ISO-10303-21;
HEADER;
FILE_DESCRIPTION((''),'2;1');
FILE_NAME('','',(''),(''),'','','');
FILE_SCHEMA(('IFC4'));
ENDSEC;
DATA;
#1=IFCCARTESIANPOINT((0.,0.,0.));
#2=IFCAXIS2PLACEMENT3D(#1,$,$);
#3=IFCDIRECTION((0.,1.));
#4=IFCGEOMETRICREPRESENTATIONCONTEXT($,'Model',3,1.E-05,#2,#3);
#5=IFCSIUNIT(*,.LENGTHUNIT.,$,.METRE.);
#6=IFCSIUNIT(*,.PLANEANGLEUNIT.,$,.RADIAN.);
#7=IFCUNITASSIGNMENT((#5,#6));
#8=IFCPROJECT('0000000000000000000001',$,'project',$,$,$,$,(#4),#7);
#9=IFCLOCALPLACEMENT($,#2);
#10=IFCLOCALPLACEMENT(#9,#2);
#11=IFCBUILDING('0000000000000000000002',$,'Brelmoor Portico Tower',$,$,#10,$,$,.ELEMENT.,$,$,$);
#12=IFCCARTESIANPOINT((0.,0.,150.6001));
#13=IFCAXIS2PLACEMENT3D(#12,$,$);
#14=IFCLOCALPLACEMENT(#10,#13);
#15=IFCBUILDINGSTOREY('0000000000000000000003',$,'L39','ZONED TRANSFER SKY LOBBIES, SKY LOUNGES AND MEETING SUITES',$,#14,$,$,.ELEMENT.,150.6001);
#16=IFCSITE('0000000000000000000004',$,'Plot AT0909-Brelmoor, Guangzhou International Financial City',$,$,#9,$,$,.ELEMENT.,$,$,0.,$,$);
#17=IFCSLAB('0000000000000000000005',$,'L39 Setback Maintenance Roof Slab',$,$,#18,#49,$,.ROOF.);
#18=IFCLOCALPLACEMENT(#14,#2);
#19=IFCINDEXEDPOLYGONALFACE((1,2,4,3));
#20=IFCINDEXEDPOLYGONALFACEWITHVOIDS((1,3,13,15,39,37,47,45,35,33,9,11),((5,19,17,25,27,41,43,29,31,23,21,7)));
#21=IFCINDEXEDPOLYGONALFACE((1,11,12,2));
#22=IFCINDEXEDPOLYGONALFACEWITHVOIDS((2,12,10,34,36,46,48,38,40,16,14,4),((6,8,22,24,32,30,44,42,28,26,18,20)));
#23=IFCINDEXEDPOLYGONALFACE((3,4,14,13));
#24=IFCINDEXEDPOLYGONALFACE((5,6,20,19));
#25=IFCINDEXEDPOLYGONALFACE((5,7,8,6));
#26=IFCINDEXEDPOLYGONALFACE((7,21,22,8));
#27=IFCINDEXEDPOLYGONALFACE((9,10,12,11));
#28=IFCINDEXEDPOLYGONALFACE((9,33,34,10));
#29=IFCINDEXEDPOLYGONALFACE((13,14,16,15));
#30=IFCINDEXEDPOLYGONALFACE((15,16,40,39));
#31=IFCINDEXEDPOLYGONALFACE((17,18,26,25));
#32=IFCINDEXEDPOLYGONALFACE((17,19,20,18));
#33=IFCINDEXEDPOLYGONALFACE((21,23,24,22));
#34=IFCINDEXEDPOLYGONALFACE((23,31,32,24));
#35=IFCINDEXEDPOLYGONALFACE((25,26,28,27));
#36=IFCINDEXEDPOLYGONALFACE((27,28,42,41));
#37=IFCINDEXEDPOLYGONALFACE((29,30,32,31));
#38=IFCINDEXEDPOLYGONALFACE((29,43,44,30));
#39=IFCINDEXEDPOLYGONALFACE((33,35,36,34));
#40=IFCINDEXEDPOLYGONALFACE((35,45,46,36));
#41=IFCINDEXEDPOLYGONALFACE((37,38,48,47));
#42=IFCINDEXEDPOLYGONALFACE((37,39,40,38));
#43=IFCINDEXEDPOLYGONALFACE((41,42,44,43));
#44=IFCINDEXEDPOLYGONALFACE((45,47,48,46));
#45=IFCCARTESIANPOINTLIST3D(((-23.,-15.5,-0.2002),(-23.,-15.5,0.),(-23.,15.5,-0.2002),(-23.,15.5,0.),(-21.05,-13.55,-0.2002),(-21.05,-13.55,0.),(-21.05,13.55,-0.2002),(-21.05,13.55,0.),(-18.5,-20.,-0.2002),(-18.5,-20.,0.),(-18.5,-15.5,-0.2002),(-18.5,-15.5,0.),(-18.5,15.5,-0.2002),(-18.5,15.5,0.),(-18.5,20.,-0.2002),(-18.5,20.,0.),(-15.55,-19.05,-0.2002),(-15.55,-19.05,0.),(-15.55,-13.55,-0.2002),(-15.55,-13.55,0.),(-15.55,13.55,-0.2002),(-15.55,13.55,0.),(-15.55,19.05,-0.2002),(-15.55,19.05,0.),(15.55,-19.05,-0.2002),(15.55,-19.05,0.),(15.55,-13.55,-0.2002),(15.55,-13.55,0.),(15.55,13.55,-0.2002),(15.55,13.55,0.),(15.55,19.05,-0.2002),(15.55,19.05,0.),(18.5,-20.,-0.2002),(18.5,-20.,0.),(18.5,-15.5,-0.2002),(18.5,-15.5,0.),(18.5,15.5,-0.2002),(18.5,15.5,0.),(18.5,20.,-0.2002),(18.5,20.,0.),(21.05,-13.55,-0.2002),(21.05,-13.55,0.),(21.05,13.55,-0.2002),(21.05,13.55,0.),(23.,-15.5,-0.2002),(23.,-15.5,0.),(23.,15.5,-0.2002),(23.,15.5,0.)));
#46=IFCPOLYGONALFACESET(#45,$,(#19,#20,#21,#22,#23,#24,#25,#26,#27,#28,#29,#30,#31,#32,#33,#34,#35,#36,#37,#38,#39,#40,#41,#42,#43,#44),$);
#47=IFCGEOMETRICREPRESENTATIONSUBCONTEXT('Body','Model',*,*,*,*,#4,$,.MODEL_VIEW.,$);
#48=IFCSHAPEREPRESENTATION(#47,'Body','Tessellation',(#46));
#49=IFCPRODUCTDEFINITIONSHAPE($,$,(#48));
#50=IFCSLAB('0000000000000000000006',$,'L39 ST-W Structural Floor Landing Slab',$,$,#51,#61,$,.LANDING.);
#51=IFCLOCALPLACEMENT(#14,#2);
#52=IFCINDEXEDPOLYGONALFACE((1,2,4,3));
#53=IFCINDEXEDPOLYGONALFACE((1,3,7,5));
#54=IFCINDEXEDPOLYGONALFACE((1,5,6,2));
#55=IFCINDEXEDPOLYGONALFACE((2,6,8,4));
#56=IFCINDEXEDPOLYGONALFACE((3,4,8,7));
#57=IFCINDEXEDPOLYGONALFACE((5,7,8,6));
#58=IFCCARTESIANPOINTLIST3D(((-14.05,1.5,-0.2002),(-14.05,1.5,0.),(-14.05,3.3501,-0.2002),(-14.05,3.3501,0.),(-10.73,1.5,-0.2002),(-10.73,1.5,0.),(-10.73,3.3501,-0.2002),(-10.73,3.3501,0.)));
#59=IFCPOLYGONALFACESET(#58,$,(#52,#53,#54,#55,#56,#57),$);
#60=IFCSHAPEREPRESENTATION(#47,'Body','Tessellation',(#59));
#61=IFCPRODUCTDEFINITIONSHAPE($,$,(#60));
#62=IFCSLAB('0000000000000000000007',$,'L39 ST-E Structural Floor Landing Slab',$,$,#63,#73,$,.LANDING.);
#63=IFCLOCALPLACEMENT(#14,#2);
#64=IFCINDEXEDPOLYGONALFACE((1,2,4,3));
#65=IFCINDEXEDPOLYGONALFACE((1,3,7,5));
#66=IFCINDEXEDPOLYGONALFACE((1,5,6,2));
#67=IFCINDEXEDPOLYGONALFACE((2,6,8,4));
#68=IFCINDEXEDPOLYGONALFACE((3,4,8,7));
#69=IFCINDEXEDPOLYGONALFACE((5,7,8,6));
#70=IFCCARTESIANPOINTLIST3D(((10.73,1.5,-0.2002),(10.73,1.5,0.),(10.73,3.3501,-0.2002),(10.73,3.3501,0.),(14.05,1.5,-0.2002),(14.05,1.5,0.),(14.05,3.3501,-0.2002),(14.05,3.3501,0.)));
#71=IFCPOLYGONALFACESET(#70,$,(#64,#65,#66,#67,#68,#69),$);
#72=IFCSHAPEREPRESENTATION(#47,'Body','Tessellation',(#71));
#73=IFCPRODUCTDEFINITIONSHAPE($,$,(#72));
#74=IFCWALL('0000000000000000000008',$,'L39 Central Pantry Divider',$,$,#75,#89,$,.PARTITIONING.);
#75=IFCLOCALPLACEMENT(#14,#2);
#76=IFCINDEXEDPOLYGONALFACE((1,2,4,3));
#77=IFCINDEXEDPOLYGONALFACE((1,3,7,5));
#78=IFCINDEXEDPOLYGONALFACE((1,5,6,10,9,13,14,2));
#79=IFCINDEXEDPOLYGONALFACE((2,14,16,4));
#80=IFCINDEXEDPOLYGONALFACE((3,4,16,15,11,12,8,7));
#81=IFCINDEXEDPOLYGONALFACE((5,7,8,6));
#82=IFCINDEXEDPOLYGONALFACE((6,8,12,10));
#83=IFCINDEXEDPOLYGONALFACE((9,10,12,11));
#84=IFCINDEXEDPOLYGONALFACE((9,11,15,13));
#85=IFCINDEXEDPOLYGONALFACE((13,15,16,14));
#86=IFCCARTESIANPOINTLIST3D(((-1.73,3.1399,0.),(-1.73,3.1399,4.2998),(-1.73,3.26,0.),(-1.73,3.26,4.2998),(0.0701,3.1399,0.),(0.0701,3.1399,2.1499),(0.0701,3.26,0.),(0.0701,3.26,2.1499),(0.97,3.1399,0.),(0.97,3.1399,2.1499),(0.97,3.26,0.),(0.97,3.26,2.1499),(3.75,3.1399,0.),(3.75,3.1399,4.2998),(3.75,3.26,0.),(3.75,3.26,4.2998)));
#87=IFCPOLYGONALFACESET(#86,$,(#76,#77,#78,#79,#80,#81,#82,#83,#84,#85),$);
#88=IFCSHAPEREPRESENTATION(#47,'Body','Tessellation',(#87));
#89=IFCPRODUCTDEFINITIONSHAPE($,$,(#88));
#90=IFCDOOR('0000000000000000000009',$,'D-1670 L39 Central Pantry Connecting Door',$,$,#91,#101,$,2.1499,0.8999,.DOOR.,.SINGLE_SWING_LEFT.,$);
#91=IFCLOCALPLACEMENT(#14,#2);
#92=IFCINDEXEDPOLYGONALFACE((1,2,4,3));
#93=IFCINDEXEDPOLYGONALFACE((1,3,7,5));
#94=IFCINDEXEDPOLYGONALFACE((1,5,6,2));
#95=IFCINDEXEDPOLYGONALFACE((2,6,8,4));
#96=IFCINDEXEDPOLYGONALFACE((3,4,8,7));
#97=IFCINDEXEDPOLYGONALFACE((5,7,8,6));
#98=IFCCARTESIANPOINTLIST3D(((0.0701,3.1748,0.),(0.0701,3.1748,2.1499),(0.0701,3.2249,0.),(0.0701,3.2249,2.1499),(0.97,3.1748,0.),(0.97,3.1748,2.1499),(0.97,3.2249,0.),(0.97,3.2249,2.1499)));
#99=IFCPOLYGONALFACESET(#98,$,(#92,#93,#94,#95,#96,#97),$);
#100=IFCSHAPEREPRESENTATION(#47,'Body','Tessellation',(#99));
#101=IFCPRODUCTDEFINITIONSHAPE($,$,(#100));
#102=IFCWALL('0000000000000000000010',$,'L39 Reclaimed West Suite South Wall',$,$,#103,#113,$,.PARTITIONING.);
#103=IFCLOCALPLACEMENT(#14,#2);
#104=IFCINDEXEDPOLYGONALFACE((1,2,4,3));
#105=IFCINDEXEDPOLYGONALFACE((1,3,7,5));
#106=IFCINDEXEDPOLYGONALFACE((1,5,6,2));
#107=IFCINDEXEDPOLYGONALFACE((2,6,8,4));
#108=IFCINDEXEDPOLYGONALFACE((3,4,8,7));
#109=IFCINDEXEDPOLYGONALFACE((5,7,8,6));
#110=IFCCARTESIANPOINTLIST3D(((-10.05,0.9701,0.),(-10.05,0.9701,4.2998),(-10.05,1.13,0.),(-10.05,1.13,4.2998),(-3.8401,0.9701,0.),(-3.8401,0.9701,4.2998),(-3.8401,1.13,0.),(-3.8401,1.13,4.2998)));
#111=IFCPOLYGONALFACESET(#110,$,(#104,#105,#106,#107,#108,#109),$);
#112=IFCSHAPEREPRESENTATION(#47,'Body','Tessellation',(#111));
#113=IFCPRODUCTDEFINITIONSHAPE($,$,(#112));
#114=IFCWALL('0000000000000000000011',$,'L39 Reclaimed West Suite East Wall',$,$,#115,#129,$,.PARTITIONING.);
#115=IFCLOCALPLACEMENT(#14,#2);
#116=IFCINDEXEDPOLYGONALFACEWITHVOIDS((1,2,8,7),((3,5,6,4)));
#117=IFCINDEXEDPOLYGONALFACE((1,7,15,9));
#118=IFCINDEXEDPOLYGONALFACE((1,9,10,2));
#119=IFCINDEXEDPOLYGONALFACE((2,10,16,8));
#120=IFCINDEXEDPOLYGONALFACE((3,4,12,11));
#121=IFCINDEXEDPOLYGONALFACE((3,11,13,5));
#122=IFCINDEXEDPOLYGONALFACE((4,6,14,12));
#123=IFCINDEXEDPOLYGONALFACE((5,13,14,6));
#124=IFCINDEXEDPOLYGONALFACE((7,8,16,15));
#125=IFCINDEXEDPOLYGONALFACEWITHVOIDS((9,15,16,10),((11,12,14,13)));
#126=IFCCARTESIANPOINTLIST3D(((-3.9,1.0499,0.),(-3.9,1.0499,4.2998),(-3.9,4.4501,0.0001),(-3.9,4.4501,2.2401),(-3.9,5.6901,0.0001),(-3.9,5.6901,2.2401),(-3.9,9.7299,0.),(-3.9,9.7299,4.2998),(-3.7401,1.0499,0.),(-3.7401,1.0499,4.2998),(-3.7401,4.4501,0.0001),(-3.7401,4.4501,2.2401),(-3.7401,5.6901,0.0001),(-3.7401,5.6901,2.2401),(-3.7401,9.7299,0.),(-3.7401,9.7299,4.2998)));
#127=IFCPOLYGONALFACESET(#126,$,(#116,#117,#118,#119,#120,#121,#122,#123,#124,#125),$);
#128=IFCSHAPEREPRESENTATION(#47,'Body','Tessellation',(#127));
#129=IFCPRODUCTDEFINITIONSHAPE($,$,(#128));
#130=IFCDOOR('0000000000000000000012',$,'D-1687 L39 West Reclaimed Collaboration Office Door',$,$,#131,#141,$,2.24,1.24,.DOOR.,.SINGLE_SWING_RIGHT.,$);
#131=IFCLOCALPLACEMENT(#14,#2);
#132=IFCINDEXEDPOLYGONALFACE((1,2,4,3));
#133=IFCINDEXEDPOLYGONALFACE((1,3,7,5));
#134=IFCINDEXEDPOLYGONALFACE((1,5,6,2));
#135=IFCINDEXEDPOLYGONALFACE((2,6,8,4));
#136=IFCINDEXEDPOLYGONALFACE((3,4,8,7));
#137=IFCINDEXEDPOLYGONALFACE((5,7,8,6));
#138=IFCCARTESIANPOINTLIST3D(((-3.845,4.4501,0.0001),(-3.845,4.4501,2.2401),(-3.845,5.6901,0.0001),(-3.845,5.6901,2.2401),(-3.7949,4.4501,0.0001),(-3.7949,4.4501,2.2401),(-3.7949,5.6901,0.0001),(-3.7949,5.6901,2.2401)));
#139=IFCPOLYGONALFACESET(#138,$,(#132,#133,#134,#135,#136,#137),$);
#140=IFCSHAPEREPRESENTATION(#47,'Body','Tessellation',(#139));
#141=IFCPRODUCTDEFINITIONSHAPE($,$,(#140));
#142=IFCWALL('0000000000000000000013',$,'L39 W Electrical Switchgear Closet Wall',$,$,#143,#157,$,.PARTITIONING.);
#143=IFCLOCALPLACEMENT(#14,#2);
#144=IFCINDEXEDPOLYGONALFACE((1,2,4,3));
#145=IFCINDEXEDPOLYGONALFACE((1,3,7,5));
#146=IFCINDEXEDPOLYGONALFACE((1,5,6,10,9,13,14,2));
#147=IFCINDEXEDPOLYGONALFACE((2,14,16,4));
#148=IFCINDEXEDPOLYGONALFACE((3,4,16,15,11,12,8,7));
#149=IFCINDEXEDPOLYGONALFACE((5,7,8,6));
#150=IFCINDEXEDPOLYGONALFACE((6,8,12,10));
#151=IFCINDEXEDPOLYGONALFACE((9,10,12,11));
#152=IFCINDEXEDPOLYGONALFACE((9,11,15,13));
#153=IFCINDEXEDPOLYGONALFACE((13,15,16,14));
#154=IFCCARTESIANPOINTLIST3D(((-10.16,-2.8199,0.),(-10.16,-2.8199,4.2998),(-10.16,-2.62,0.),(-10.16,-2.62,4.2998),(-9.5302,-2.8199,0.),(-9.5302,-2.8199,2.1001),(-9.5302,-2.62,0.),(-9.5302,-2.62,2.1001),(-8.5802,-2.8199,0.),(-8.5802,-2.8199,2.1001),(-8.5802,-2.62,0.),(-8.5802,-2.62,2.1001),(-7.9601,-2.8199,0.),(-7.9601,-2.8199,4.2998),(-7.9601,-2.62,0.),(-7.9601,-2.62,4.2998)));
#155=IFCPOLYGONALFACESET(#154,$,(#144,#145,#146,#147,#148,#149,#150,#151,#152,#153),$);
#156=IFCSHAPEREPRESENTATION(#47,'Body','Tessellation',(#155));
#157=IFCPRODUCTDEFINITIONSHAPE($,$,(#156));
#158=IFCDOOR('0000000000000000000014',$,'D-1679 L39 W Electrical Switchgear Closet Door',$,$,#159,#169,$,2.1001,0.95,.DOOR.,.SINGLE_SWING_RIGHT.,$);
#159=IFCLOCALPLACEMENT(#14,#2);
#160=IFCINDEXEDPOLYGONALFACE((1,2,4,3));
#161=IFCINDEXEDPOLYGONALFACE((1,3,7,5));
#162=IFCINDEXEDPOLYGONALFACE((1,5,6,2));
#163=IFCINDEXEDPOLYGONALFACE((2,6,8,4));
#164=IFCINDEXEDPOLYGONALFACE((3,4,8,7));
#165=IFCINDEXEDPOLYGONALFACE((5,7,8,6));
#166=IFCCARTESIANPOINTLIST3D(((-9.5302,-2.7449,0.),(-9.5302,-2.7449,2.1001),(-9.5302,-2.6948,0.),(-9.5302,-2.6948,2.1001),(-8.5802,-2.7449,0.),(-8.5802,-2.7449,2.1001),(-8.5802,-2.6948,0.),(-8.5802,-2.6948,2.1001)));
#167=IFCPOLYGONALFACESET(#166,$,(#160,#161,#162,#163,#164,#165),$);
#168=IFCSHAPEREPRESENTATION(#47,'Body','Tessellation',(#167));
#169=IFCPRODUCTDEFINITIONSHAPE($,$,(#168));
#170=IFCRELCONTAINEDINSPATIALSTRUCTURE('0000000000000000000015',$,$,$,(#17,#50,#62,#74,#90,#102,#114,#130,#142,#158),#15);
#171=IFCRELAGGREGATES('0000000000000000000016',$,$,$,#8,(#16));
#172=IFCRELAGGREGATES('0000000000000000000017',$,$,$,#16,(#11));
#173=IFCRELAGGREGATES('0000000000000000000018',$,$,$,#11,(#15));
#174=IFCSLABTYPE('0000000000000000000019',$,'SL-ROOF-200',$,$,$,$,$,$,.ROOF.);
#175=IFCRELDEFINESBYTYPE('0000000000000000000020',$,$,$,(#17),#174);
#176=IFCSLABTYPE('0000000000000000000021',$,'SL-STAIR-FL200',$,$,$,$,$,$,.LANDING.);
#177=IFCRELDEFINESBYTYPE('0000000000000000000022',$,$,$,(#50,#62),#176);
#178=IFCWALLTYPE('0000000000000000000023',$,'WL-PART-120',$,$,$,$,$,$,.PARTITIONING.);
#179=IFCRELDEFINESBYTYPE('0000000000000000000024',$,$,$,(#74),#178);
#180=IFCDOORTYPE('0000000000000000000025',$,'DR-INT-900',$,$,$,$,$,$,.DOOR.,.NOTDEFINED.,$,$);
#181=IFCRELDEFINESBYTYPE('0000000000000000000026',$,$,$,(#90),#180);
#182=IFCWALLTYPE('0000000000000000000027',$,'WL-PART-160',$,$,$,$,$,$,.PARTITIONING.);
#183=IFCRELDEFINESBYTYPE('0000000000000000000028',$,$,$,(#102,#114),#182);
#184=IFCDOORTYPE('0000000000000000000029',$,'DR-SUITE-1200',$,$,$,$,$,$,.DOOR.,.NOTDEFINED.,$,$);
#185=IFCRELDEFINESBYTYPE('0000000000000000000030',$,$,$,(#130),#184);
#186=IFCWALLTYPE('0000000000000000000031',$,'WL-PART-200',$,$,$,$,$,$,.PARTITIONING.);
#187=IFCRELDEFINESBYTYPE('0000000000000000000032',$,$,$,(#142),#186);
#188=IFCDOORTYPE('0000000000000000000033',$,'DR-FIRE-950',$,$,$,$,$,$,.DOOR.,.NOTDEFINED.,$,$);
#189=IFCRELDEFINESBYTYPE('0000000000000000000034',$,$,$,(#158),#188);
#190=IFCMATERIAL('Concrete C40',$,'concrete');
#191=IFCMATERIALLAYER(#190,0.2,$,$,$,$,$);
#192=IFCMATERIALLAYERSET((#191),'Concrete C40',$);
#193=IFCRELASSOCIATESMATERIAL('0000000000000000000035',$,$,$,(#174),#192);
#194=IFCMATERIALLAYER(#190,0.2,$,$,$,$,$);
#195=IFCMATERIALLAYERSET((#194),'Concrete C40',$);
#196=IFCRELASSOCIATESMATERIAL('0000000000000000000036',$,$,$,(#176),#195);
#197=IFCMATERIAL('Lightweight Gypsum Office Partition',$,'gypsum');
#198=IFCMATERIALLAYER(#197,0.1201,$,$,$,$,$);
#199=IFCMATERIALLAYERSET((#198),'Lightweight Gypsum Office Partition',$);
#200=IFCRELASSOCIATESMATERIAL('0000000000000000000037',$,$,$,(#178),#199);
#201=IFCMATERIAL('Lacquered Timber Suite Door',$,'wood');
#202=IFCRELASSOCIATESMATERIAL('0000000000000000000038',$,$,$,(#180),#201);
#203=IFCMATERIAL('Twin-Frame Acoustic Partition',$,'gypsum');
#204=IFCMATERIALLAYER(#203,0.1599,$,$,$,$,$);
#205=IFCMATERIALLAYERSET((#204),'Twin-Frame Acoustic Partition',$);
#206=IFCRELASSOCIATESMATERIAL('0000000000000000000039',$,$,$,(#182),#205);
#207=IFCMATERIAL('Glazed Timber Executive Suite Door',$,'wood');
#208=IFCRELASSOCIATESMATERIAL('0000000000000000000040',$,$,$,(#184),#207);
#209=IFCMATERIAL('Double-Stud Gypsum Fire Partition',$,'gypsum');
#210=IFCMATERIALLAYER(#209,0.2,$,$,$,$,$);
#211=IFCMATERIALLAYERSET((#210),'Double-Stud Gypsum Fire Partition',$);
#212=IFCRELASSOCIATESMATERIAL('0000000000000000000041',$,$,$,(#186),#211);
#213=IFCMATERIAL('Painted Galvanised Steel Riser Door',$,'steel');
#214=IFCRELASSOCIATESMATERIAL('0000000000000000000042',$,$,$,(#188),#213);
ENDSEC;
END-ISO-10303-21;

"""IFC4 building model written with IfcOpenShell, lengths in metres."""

from ifc_helpers import new_model, si_unit, direction, frame, frame_2d, origin, place, context, subcontext, project, spatial, polyline, rectangle, outline, extrude, material, layer, layer_set, type_object, element, fill, save


model = new_model("IFC4")

# Units and contexts
model_context = context("Model", 3, precision=1e-05, world=origin(), true_north=direction((0.0, 1.0)))
body_context = subcontext(model_context, "Body", "Model", "MODEL_VIEW")
ifc_project = project(units=[si_unit("LENGTHUNIT", "METRE"), si_unit("PLANEANGLEUNIT", "RADIAN")], contexts=[model_context])

# Site, building, storey
site_placement = place(None, origin())
site = spatial("IfcSite", under=ifc_project, at=site_placement, Name="Plot AT0909-Brelmoor, Guangzhou International Financial City", CompositionType="ELEMENT", RefElevation=0.0)
building_placement = place(site_placement, origin())
building = spatial("IfcBuilding", under=site, at=building_placement, Name="Brelmoor Portico Tower", CompositionType="ELEMENT")
storey_placement = place(building_placement, frame((0.0, 0.0, 150.6001)))
storey = spatial("IfcBuildingStorey", under=building, at=storey_placement, Name="L39", Description="ZONED TRANSFER SKY LOBBIES, SKY LOUNGES AND MEETING SUITES", CompositionType="ELEMENT", Elevation=150.6001)

# Shared definitions
ifc_material_1 = material(Name="Concrete C40", Category="concrete")

# Slabs
ifc_layer_1 = layer(ifc_material_1, 0.2)
ifc_layer_set_1 = layer_set([ifc_layer_1], Name="Concrete C40")
slab_type_1 = type_object("IfcSlabType", Name="SL-ROOF-200", PredefinedType="ROOF", material=ifc_layer_set_1)
slab_1_placement = place(storey_placement, frame((0.0, 0.0, -0.2002)))
element("IfcSlab", 1, at=slab_1_placement, inside=storey, type_object=slab_type_1, Name="L39 Setback Maintenance Roof Slab", PredefinedType="ROOF", context=body_context, shape_type="SweptSolid", body=[
    extrude(outline(polyline([(-18.5, -20.0), (18.5, -20.0), (18.5, -15.5), (23.0, -15.5), (23.0, 15.5), (18.5, 15.5), (18.5, 20.0), (-18.5, 20.0), (-18.5, 15.5), (-23.0, 15.5), (-23.0, -15.5), (-18.5, -15.5), (-18.5, -20.0)]), holes=[polyline([(-15.55, -19.05), (15.55, -19.05), (15.55, -13.55), (21.05, -13.55), (21.05, 13.55), (15.55, 13.55), (15.55, 19.05), (-15.55, 19.05), (-15.55, 13.55), (-21.05, 13.55), (-21.05, -13.55), (-15.55, -13.55), (-15.55, -19.05)])]), origin(), (0.0, 0.0, 1.0), 0.2002),
])
ifc_layer_2 = layer(ifc_material_1, 0.2)
ifc_layer_set_2 = layer_set([ifc_layer_2], Name="Concrete C40")
slab_type_2 = type_object("IfcSlabType", Name="SL-STAIR-FL200", PredefinedType="LANDING", material=ifc_layer_set_2)
slab_2_placement = place(storey_placement, frame((0.0, 0.0, -0.2002)))
element("IfcSlab", 2, at=slab_2_placement, inside=storey, type_object=slab_type_2, Name="L39 ST-W Structural Floor Landing Slab", PredefinedType="LANDING", context=body_context, shape_type="SweptSolid", body=[
    extrude(outline(polyline([(-10.73, 1.5), (-10.73, 3.3501), (-14.05, 3.3501), (-14.05, 1.5), (-10.73, 1.5)])), origin(), (0.0, 0.0, 1.0), 0.2002),
])
slab_3_placement = place(storey_placement, frame((0.0, 0.0, -0.2002)))
element("IfcSlab", 3, at=slab_3_placement, inside=storey, type_object=slab_type_2, Name="L39 ST-E Structural Floor Landing Slab", PredefinedType="LANDING", context=body_context, shape_type="SweptSolid", body=[
    extrude(outline(polyline([(14.05, 1.5), (14.05, 3.3501), (10.73, 3.3501), (10.73, 1.5), (14.05, 1.5)])), origin(), (0.0, 0.0, 1.0), 0.2002),
])

# Wall, opening, door
ifc_material_2 = material(Name="Lightweight Gypsum Office Partition", Category="gypsum")
ifc_layer_3 = layer(ifc_material_2, 0.1201)
ifc_layer_set_3 = layer_set([ifc_layer_3], Name="Lightweight Gypsum Office Partition")
wall_type_1 = type_object("IfcWallType", Name="WL-PART-120", PredefinedType="PARTITIONING", material=ifc_layer_set_3)
wall_1_placement = place(storey_placement, frame((-1.73, 3.2, 0.0), z_axis=(0.0, 0.0, 1.0), x_axis=(1.0, 0.0, 0.0)))
wall_1 = element("IfcWall", 4, at=wall_1_placement, inside=storey, type_object=wall_type_1, Name="L39 Central Pantry Divider", PredefinedType="PARTITIONING", context=body_context, shape_type="SweptSolid", body=[
    extrude(rectangle(XDim=5.48, YDim=0.1201, at=frame_2d((2.74, 0.0))), origin(), (0.0, 0.0, 1.0), 4.2998),
])
opening_1_placement = place(wall_1_placement, frame((1.8, 0.0, 0.0)))
opening_1 = element("IfcOpeningElement", 5, at=opening_1_placement, cuts=wall_1, PredefinedType="OPENING", context=body_context, shape_type="SweptSolid", body=[
    extrude(rectangle(XDim=0.8999, YDim=2.1499, at=frame_2d((0.45, 1.075))), frame((0.0, 0.0701, 0.0), z_axis=(0.0, -1.0, 0.0), x_axis=(1.0, 0.0, 0.0)), (0.0, 0.0, 1.0), 0.1401),
])
ifc_material_3 = material(Name="Lacquered Timber Suite Door", Category="wood")
door_type_1 = type_object("IfcDoorType", Name="DR-INT-900", OperationType="NOTDEFINED", PredefinedType="DOOR", material=ifc_material_3)
door_1_placement = place(opening_1_placement, origin())
door_1 = element("IfcDoor", 6, at=door_1_placement, inside=storey, type_object=door_type_1, Name="D-1670 L39 Central Pantry Connecting Door", OperationType="SINGLE_SWING_LEFT", OverallHeight=2.1499, OverallWidth=0.8999, PredefinedType="DOOR", context=body_context, shape_type="SweptSolid", body=[
    extrude(rectangle(XDim=0.8999, YDim=2.1499, at=frame_2d((0.45, 1.075))), frame((0.0, 0.0249, 0.0), z_axis=(0.0, -1.0, 0.0), x_axis=(1.0, 0.0, 0.0)), (0.0, 0.0, 1.0), 0.05),
])
fill(opening_1, door_1)

# Wall
ifc_material_4 = material(Name="Twin-Frame Acoustic Partition", Category="gypsum")
ifc_layer_4 = layer(ifc_material_4, 0.1599)
ifc_layer_set_4 = layer_set([ifc_layer_4], Name="Twin-Frame Acoustic Partition")
wall_type_2 = type_object("IfcWallType", Name="WL-PART-160", PredefinedType="PARTITIONING", material=ifc_layer_set_4)
wall_2_placement = place(storey_placement, frame((-10.05, 1.05, 0.0), z_axis=(0.0, 0.0, 1.0), x_axis=(1.0, 0.0, 0.0)))
element("IfcWall", 7, at=wall_2_placement, inside=storey, type_object=wall_type_2, Name="L39 Reclaimed West Suite South Wall", PredefinedType="PARTITIONING", context=body_context, shape_type="SweptSolid", body=[
    extrude(rectangle(XDim=6.21, YDim=0.1599, at=frame_2d((3.105, 0.0))), origin(), (0.0, 0.0, 1.0), 4.2998),
])

# Walls, openings, doors
wall_3_placement = place(storey_placement, frame((-3.8201, 1.05, 0.0), z_axis=(0.0, 0.0, 1.0), x_axis=(0.0, 1.0, 0.0)))
wall_3 = element("IfcWall", 8, at=wall_3_placement, inside=storey, type_object=wall_type_2, Name="L39 Reclaimed West Suite East Wall", PredefinedType="PARTITIONING", context=body_context, shape_type="SweptSolid", body=[
    extrude(rectangle(XDim=8.6799, YDim=0.1599, at=frame_2d((4.3398, 0.0))), origin(), (0.0, 0.0, 1.0), 4.2998),
])
opening_2_placement = place(wall_3_placement, frame((3.3999, 0.0, 0.0)))
opening_2 = element("IfcOpeningElement", 9, at=opening_2_placement, cuts=wall_3, PredefinedType="OPENING", context=body_context, shape_type="SweptSolid", body=[
    extrude(rectangle(XDim=1.24, YDim=2.24, at=frame_2d((0.6201, 1.1201))), frame((0.0, 0.0898, 0.0), z_axis=(0.0, -1.0, 0.0), x_axis=(1.0, 0.0, 0.0)), (0.0, 0.0, 1.0), 0.1799),
])
ifc_material_5 = material(Name="Glazed Timber Executive Suite Door", Category="wood")
door_type_2 = type_object("IfcDoorType", Name="DR-SUITE-1200", OperationType="NOTDEFINED", PredefinedType="DOOR", material=ifc_material_5)
door_2_placement = place(opening_2_placement, origin())
door_2 = element("IfcDoor", 10, at=door_2_placement, inside=storey, type_object=door_type_2, Name="D-1687 L39 West Reclaimed Collaboration Office Door", OperationType="SINGLE_SWING_RIGHT", OverallHeight=2.24, OverallWidth=1.24, PredefinedType="DOOR", context=body_context, shape_type="SweptSolid", body=[
    extrude(rectangle(XDim=1.24, YDim=2.24, at=frame_2d((0.6201, 1.1201))), frame((0.0, 0.0249, 0.0), z_axis=(0.0, -1.0, 0.0), x_axis=(1.0, 0.0, 0.0)), (0.0, 0.0, 1.0), 0.05),
])
fill(opening_2, door_2)
ifc_material_6 = material(Name="Double-Stud Gypsum Fire Partition", Category="gypsum")
ifc_layer_5 = layer(ifc_material_6, 0.2)
ifc_layer_set_5 = layer_set([ifc_layer_5], Name="Double-Stud Gypsum Fire Partition")
wall_type_3 = type_object("IfcWallType", Name="WL-PART-200", PredefinedType="PARTITIONING", material=ifc_layer_set_5)
wall_4_placement = place(storey_placement, frame((-7.96, -2.72, 0.0), z_axis=(0.0, 0.0, 1.0), x_axis=(-1.0, 0.0, 0.0)))
wall_4 = element("IfcWall", 11, at=wall_4_placement, inside=storey, type_object=wall_type_3, Name="L39 W Electrical Switchgear Closet Wall", PredefinedType="PARTITIONING", context=body_context, shape_type="SweptSolid", body=[
    extrude(rectangle(XDim=2.2, YDim=0.2, at=frame_2d((1.1001, 0.0))), origin(), (0.0, 0.0, 1.0), 4.2998),
])
opening_3_placement = place(wall_4_placement, frame((0.6201, 0.0, 0.0)))
opening_3 = element("IfcOpeningElement", 12, at=opening_3_placement, cuts=wall_4, PredefinedType="OPENING", context=body_context, shape_type="SweptSolid", body=[
    extrude(rectangle(XDim=0.95, YDim=2.1001, at=frame_2d((0.4751, 1.05))), frame((0.0, 0.1099, 0.0), z_axis=(0.0, -1.0, 0.0), x_axis=(1.0, 0.0, 0.0)), (0.0, 0.0, 1.0), 0.22),
])
ifc_material_7 = material(Name="Painted Galvanised Steel Riser Door", Category="steel")
door_type_3 = type_object("IfcDoorType", Name="DR-FIRE-950", OperationType="NOTDEFINED", PredefinedType="DOOR", material=ifc_material_7)
door_3_placement = place(opening_3_placement, origin())
door_3 = element("IfcDoor", 13, at=door_3_placement, inside=storey, type_object=door_type_3, Name="D-1679 L39 W Electrical Switchgear Closet Door", OperationType="SINGLE_SWING_RIGHT", OverallHeight=2.1001, OverallWidth=0.95, PredefinedType="DOOR", context=body_context, shape_type="SweptSolid", body=[
    extrude(rectangle(XDim=0.95, YDim=2.1001, at=frame_2d((0.4751, 1.05))), frame((0.0, 0.0249, 0.0), z_axis=(0.0, -1.0, 0.0), x_axis=(1.0, 0.0, 0.0)), (0.0, 0.0, 1.0), 0.05),
])
fill(opening_3, door_3)

save(model, "model.ifc")
